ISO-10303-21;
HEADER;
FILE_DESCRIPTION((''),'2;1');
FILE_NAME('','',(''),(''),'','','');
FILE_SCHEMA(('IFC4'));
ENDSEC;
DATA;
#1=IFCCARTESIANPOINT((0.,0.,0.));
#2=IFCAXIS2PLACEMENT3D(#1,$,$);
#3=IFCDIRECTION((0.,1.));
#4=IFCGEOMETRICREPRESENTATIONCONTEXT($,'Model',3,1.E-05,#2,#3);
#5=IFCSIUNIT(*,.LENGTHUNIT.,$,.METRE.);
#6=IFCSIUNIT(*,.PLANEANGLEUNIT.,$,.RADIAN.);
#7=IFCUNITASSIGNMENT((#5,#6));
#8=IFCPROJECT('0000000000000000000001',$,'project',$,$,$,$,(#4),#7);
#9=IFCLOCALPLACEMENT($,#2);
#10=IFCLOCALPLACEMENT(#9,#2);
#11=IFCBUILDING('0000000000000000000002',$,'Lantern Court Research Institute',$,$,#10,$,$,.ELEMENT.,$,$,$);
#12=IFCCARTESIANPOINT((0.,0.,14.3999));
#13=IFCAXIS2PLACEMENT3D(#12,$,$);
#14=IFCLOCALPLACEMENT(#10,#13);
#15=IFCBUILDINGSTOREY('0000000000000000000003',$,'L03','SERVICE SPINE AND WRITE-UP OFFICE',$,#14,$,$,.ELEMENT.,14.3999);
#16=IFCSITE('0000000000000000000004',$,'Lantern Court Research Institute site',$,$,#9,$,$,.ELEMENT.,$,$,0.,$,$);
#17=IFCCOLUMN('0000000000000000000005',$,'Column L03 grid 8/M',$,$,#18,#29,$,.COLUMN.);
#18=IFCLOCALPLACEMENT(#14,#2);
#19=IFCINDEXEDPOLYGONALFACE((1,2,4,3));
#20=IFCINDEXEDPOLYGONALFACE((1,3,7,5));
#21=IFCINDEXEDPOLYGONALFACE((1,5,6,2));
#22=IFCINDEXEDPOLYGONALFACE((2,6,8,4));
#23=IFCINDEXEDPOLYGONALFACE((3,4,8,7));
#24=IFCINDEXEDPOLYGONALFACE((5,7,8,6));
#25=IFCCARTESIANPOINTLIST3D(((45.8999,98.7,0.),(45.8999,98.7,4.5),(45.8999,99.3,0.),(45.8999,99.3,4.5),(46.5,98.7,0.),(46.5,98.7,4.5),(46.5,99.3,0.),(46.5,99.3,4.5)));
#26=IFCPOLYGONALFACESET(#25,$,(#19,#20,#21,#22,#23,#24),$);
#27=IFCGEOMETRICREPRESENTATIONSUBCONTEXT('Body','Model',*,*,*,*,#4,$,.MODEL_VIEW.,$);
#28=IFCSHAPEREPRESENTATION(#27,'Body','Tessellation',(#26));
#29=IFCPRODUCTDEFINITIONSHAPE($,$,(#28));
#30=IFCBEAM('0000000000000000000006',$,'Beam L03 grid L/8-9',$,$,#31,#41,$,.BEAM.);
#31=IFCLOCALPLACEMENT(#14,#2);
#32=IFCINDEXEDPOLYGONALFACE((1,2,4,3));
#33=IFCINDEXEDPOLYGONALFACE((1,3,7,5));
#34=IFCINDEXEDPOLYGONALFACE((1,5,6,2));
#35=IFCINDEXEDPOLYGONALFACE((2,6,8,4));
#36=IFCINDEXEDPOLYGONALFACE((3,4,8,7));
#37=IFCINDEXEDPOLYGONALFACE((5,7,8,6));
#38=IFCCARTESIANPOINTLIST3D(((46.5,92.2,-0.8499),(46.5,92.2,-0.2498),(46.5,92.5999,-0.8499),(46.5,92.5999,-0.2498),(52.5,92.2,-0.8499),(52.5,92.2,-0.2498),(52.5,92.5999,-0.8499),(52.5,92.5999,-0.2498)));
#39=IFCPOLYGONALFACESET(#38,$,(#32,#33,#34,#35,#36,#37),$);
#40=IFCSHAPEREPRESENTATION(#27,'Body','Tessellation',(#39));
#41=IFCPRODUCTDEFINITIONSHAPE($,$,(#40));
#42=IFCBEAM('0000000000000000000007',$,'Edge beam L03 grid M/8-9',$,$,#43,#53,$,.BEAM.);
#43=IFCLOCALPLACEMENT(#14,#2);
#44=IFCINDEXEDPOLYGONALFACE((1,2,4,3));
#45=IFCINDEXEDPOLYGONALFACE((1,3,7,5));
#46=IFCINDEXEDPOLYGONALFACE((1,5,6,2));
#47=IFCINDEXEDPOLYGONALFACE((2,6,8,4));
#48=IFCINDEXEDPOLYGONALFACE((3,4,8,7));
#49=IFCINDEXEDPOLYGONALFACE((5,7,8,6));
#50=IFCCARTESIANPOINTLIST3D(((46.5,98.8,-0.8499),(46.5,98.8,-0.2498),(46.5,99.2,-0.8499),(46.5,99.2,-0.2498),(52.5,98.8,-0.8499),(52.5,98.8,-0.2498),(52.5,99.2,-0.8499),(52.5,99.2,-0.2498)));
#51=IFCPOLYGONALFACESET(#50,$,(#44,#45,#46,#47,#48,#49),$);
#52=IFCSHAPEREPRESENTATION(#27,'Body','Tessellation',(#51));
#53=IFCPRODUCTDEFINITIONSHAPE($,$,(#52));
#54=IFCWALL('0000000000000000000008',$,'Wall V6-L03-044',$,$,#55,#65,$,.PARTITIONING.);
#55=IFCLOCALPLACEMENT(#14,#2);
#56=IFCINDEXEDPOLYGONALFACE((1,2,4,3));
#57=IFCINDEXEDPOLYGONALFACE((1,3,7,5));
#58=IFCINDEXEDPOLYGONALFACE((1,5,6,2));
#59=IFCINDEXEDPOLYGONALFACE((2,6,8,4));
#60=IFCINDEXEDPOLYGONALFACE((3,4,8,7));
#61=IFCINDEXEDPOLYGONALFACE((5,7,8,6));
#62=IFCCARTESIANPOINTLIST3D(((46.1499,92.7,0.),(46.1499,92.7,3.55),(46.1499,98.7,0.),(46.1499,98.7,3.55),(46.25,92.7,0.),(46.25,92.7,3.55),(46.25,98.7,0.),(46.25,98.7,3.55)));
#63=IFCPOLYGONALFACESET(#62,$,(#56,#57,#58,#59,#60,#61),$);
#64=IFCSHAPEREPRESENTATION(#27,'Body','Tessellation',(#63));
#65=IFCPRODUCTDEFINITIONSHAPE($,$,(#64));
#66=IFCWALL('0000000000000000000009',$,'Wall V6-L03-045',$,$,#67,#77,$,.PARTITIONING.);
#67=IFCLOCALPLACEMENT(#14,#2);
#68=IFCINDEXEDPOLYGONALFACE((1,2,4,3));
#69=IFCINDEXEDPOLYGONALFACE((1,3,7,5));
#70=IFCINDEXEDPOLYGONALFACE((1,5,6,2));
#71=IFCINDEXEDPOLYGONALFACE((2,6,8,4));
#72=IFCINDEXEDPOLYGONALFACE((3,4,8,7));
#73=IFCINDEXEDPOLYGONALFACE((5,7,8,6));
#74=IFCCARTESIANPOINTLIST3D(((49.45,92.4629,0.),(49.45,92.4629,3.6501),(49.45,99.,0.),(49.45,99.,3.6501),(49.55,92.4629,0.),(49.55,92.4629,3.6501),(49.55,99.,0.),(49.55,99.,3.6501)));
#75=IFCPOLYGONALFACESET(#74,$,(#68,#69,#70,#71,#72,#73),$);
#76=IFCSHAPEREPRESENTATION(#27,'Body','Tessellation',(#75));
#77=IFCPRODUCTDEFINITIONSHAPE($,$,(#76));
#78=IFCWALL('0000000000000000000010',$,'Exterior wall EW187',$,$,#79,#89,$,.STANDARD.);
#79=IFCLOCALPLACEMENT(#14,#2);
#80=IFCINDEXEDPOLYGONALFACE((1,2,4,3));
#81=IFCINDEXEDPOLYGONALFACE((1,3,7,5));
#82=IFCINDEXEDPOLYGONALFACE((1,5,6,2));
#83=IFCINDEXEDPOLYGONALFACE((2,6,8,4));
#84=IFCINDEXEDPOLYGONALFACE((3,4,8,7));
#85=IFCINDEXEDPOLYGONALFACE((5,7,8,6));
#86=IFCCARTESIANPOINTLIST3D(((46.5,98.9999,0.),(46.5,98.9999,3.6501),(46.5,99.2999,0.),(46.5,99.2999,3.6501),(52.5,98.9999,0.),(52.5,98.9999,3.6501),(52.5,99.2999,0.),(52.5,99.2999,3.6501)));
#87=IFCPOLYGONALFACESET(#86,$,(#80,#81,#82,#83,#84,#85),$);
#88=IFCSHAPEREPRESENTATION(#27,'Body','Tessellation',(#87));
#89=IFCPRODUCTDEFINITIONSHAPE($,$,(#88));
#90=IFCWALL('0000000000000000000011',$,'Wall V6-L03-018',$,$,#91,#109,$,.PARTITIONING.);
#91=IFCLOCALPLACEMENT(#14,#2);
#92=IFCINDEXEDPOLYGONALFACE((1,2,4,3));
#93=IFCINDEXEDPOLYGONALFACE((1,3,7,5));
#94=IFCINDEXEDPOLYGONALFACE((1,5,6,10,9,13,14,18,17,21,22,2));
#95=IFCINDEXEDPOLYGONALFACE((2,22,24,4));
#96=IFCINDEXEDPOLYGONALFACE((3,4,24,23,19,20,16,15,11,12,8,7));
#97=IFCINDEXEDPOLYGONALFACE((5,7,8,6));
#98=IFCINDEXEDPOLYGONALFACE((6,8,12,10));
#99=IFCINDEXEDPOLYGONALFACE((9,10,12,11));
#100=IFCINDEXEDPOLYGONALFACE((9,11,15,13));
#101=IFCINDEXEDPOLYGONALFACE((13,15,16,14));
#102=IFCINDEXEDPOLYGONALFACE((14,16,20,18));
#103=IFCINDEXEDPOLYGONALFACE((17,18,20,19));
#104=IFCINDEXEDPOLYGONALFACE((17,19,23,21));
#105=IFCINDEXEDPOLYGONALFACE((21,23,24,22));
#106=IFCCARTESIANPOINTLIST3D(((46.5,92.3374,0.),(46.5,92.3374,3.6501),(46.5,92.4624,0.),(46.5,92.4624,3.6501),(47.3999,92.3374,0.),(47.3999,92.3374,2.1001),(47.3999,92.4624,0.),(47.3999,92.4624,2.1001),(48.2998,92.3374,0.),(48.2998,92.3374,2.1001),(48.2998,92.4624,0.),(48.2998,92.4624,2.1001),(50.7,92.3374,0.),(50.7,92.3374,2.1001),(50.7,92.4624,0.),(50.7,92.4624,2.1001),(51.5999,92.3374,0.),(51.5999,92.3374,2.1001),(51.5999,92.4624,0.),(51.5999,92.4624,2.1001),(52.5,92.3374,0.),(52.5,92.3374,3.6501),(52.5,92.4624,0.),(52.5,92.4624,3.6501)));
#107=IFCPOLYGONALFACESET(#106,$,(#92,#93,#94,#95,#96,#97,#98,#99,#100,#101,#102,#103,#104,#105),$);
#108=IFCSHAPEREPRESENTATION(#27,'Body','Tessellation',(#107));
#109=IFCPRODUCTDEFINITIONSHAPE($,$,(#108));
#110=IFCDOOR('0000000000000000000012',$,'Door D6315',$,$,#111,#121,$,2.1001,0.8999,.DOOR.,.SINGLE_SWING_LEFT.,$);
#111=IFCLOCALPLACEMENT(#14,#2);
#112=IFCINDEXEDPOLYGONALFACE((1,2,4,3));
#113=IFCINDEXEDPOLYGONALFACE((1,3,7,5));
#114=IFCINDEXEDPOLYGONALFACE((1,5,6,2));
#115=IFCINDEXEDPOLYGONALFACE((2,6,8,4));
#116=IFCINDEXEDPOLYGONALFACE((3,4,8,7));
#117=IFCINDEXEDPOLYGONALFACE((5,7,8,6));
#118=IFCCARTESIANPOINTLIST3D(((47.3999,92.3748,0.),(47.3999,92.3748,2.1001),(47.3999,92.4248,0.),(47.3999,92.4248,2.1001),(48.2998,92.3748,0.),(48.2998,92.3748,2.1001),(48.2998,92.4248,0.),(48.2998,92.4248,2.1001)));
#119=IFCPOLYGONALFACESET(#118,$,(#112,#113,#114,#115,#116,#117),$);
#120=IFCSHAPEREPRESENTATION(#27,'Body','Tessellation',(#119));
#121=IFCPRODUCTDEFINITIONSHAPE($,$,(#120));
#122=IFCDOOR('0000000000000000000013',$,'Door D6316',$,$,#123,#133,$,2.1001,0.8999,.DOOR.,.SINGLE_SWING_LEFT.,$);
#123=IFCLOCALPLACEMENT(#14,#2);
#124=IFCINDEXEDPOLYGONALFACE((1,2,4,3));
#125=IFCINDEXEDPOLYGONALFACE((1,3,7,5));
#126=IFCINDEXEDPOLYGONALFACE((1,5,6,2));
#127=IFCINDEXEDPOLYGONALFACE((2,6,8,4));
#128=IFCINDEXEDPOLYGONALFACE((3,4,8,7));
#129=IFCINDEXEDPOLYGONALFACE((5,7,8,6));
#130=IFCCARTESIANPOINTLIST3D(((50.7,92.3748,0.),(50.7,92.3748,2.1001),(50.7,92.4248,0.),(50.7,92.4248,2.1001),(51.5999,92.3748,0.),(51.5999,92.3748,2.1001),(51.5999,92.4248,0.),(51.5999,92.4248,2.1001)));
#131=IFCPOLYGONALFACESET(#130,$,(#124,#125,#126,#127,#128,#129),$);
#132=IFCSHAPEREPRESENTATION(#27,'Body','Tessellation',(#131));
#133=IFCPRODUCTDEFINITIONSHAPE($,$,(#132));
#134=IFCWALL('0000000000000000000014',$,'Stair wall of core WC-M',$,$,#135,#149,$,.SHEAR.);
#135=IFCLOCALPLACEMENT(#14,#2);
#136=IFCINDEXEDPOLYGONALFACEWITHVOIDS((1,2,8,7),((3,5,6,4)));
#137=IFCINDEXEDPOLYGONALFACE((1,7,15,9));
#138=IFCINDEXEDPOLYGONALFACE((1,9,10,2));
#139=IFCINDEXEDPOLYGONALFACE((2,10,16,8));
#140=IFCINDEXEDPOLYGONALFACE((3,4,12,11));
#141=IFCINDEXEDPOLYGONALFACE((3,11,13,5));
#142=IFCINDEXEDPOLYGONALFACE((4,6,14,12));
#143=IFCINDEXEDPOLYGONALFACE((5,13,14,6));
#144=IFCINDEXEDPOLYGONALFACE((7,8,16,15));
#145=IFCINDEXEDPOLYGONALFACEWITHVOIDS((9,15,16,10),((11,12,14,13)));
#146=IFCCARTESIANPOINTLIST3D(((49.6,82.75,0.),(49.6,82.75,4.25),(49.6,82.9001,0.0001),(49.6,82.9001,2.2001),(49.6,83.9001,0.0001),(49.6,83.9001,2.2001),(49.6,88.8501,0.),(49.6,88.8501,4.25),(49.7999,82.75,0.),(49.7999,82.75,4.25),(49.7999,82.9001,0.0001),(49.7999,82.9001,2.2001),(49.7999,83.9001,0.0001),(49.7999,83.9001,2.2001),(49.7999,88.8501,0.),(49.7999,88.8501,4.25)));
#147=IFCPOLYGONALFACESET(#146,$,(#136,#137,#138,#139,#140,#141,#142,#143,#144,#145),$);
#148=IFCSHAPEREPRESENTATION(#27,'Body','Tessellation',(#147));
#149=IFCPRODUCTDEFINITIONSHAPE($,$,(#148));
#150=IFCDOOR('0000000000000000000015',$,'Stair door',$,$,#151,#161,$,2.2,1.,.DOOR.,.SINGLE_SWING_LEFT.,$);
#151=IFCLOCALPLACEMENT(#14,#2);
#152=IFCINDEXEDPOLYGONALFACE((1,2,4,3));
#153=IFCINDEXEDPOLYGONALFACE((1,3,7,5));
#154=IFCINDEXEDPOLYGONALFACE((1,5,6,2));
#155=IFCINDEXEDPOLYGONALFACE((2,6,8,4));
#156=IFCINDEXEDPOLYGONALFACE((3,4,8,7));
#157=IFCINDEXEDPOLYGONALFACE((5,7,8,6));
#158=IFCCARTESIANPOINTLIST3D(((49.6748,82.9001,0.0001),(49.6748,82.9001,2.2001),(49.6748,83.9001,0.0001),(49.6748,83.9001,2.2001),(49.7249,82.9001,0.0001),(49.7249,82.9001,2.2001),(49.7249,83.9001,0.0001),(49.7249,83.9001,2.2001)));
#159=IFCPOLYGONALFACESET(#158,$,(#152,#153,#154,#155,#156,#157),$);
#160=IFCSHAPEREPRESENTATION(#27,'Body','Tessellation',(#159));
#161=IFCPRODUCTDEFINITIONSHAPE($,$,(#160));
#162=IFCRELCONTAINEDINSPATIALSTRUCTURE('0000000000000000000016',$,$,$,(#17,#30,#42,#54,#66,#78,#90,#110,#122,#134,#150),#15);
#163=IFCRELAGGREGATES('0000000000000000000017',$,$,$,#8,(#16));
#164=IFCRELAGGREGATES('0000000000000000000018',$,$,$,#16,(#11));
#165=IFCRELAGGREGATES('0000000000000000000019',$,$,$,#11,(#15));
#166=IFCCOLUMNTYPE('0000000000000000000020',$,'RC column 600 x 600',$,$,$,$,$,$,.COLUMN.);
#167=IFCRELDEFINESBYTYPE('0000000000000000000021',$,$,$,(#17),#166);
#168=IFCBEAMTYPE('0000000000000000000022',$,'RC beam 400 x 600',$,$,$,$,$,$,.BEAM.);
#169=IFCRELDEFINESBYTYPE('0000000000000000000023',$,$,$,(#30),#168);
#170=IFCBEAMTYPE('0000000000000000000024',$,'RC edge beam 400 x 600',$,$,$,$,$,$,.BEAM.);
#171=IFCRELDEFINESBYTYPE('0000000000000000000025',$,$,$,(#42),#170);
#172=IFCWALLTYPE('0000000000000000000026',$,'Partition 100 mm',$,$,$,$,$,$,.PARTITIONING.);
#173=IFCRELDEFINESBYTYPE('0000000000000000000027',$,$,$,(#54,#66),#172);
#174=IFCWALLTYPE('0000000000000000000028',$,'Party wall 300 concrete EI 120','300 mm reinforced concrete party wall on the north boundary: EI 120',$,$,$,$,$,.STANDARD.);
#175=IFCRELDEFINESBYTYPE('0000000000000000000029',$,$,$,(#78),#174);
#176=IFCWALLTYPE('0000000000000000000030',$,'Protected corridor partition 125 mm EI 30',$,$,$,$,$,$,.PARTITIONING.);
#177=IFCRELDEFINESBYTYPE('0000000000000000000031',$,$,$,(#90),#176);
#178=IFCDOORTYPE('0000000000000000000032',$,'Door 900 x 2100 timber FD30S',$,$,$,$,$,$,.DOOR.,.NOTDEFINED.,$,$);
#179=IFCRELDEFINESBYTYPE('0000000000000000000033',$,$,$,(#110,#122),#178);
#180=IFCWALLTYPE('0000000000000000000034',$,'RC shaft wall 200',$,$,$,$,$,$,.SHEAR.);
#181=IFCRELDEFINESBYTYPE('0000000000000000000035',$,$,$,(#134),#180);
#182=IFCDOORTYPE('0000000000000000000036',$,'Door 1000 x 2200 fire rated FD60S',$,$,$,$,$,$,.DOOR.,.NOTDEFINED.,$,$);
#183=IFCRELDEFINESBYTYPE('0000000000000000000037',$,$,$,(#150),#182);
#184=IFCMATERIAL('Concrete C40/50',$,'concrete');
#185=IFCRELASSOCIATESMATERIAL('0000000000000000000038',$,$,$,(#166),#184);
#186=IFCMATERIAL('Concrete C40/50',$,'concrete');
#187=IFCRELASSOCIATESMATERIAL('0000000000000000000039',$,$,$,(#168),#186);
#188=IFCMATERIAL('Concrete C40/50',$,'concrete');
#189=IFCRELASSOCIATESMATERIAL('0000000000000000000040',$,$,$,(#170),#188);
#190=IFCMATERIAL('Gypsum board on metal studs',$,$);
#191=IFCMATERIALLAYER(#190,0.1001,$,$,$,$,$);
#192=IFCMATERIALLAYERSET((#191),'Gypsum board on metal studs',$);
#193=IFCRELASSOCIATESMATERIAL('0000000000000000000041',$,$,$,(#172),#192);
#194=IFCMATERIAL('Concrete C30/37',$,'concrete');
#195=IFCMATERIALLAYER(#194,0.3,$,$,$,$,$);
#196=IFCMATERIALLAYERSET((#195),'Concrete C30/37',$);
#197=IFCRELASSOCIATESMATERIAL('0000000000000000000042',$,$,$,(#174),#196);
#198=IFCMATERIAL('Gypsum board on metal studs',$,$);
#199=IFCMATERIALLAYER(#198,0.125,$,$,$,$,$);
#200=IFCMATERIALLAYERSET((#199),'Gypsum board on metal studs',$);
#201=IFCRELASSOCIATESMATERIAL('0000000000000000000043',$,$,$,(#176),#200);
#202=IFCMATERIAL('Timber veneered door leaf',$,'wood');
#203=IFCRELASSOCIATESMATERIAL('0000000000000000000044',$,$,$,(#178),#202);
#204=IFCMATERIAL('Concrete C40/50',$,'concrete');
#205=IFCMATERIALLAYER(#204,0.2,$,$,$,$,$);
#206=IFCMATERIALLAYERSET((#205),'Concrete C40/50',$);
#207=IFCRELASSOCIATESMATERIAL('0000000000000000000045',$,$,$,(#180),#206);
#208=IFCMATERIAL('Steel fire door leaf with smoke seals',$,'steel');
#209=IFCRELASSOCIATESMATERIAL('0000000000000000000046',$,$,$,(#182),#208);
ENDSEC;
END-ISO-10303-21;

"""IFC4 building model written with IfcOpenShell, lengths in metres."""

from ifc_helpers import new_model, si_unit, direction, frame, frame_2d, origin, origin_2d, place, context, subcontext, project, spatial, rectangle, extrude, material, layer, layer_set, material_profile, profile_set, type_object, element, fill, save


model = new_model("IFC4")

# Units and contexts
model_context = context("Model", 3, precision=1e-05, world=origin(), true_north=direction((0.0, 1.0)))
body_context = subcontext(model_context, "Body", "Model", "MODEL_VIEW")
ifc_project = project(units=[si_unit("LENGTHUNIT", "METRE"), si_unit("PLANEANGLEUNIT", "RADIAN")], contexts=[model_context])

# Site, building, storey
site_placement = place(None, origin())
site = spatial("IfcSite", under=ifc_project, at=site_placement, Name="Lantern Court Research Institute site", CompositionType="ELEMENT", RefElevation=0.0)
building_placement = place(site_placement, origin())
building = spatial("IfcBuilding", under=site, at=building_placement, Name="Lantern Court Research Institute", CompositionType="ELEMENT")
storey_placement = place(building_placement, frame((0.0, 0.0, 14.3999)))
storey = spatial("IfcBuildingStorey", under=building, at=storey_placement, Name="L03", Description="SERVICE SPINE AND WRITE-UP OFFICE", CompositionType="ELEMENT", Elevation=14.3999)

# Column
ifc_material_1 = material(Name="Concrete C40/50", Category="concrete")
ifc_material_profile_1 = material_profile(ifc_material_1, rectangle(XDim=0.6001, YDim=0.6001, at=origin_2d()), Name="RC column 600 x 600")
ifc_profile_set_1 = profile_set([ifc_material_profile_1], Name="Concrete C40/50")
column_type = type_object("IfcColumnType", Name="RC column 600 x 600", PredefinedType="COLUMN", material=ifc_profile_set_1)
column_placement = place(storey_placement, frame((46.2, 99.0, 0.0), z_axis=(0.0, 0.0, 1.0), x_axis=(1.0, 0.0, 0.0)))
element("IfcColumn", 1, at=column_placement, inside=storey, type_object=column_type, Name="Column L03 grid 8/M", PredefinedType="COLUMN", context=body_context, shape_type="SweptSolid", body=[
    extrude(rectangle(XDim=0.6001, YDim=0.6001, at=origin_2d()), origin(), (0.0, 0.0, 1.0), 4.5),
])

# Beams
ifc_material_2 = material(Name="Concrete C40/50", Category="concrete")
ifc_material_profile_2 = material_profile(ifc_material_2, rectangle(XDim=0.3999, YDim=0.6001, at=origin_2d()), Name="RC beam 400 x 600")
ifc_profile_set_2 = profile_set([ifc_material_profile_2], Name="Concrete C40/50")
beam_type_1 = type_object("IfcBeamType", Name="RC beam 400 x 600", PredefinedType="BEAM", material=ifc_profile_set_2)
beam_1_placement = place(storey_placement, frame((46.5, 92.3999, -0.5498), z_axis=(1.0, 0.0, 0.0), x_axis=(0.0, 1.0, 0.0)))
element("IfcBeam", 2, at=beam_1_placement, inside=storey, type_object=beam_type_1, Name="Beam L03 grid L/8-9", PredefinedType="BEAM", context=body_context, shape_type="SweptSolid", body=[
    extrude(rectangle(XDim=0.3999, YDim=0.6001, at=origin_2d()), origin(), (0.0, 0.0, 1.0), 6.0),
])
ifc_material_3 = material(Name="Concrete C40/50", Category="concrete")
ifc_material_profile_3 = material_profile(ifc_material_3, rectangle(XDim=0.3999, YDim=0.6001, at=origin_2d()), Name="RC beam 400 x 600")
ifc_profile_set_3 = profile_set([ifc_material_profile_3], Name="Concrete C40/50")
beam_type_2 = type_object("IfcBeamType", Name="RC edge beam 400 x 600", PredefinedType="BEAM", material=ifc_profile_set_3)
beam_2_placement = place(storey_placement, frame((46.5, 99.0, -0.5498), z_axis=(1.0, 0.0, 0.0), x_axis=(0.0, 1.0, 0.0)))
element("IfcBeam", 3, at=beam_2_placement, inside=storey, type_object=beam_type_2, Name="Edge beam L03 grid M/8-9", PredefinedType="BEAM", context=body_context, shape_type="SweptSolid", body=[
    extrude(rectangle(XDim=0.3999, YDim=0.6001, at=origin_2d()), origin(), (0.0, 0.0, 1.0), 6.0),
])

# Walls
ifc_material_4 = material(Name="Gypsum board on metal studs")
ifc_layer_1 = layer(ifc_material_4, 0.1001)
ifc_layer_set_1 = layer_set([ifc_layer_1], Name="Gypsum board on metal studs")
wall_type_1 = type_object("IfcWallType", Name="Partition 100 mm", PredefinedType="PARTITIONING", material=ifc_layer_set_1)
wall_1_placement = place(storey_placement, frame((46.2, 92.7, 0.0), z_axis=(0.0, 0.0, 1.0), x_axis=(0.0, 1.0, 0.0)))
element("IfcWall", 4, at=wall_1_placement, inside=storey, type_object=wall_type_1, Name="Wall V6-L03-044", PredefinedType="PARTITIONING", context=body_context, shape_type="SweptSolid", body=[
    extrude(rectangle(XDim=6.0, YDim=0.1001, at=frame_2d((3.0, 0.0))), origin(), (0.0, 0.0, 1.0), 3.55),
])
wall_2_placement = place(storey_placement, frame((49.5, 92.4629, 0.0), z_axis=(0.0, 0.0, 1.0), x_axis=(0.0, 1.0, 0.0)))
element("IfcWall", 5, at=wall_2_placement, inside=storey, type_object=wall_type_1, Name="Wall V6-L03-045", PredefinedType="PARTITIONING", context=body_context, shape_type="SweptSolid", body=[
    extrude(rectangle(XDim=6.5371, YDim=0.1001, at=frame_2d((3.2686, 0.0))), origin(), (0.0, 0.0, 1.0), 3.6501),
])
ifc_material_5 = material(Name="Concrete C30/37", Category="concrete")
ifc_layer_2 = layer(ifc_material_5, 0.3)
ifc_layer_set_2 = layer_set([ifc_layer_2], Name="Concrete C30/37")
wall_type_2 = type_object("IfcWallType", Name="Party wall 300 concrete EI 120", Description="300 mm reinforced concrete party wall on the north boundary: EI 120", PredefinedType="STANDARD", material=ifc_layer_set_2)
wall_3_placement = place(storey_placement, frame((46.5, 99.1499, 0.0), z_axis=(0.0, 0.0, 1.0), x_axis=(1.0, 0.0, 0.0)))
element("IfcWall", 6, at=wall_3_placement, inside=storey, type_object=wall_type_2, Name="Exterior wall EW187", PredefinedType="STANDARD", context=body_context, shape_type="SweptSolid", body=[
    extrude(rectangle(XDim=6.0, YDim=0.3, at=frame_2d((3.0, 0.0))), origin(), (0.0, 0.0, 1.0), 3.6501),
])

# Wall, openings, doors
ifc_material_6 = material(Name="Gypsum board on metal studs")
ifc_layer_3 = layer(ifc_material_6, 0.125)
ifc_layer_set_3 = layer_set([ifc_layer_3], Name="Gypsum board on metal studs")
wall_type_3 = type_object("IfcWallType", Name="Protected corridor partition 125 mm EI 30", PredefinedType="PARTITIONING", material=ifc_layer_set_3)
wall_4_placement = place(storey_placement, frame((46.5, 92.3999, 0.0), z_axis=(0.0, 0.0, 1.0), x_axis=(1.0, 0.0, 0.0)))
wall_4 = element("IfcWall", 7, at=wall_4_placement, inside=storey, type_object=wall_type_3, Name="Wall V6-L03-018", PredefinedType="PARTITIONING", context=body_context, shape_type="SweptSolid", body=[
    extrude(rectangle(XDim=6.0, YDim=0.125, at=frame_2d((3.0, 0.0))), origin(), (0.0, 0.0, 1.0), 3.6501),
])
opening_1_placement = place(wall_4_placement, frame((0.8999, 0.0, 0.0)))
opening_1 = element("IfcOpeningElement", 8, at=opening_1_placement, cuts=wall_4, PredefinedType="OPENING", context=body_context, shape_type="SweptSolid", body=[
    extrude(rectangle(XDim=0.8999, YDim=2.1001, at=frame_2d((0.45, 1.05))), frame((0.0, 0.0725, 0.0), z_axis=(0.0, -1.0, 0.0), x_axis=(1.0, 0.0, 0.0)), (0.0, 0.0, 1.0), 0.145),
])
opening_2_placement = place(wall_4_placement, frame((4.2, 0.0, 0.0)))
opening_2 = element("IfcOpeningElement", 9, at=opening_2_placement, cuts=wall_4, PredefinedType="OPENING", context=body_context, shape_type="SweptSolid", body=[
    extrude(rectangle(XDim=0.8999, YDim=2.1001, at=frame_2d((0.45, 1.05))), frame((0.0, 0.0725, 0.0), z_axis=(0.0, -1.0, 0.0), x_axis=(1.0, 0.0, 0.0)), (0.0, 0.0, 1.0), 0.145),
])
ifc_material_7 = material(Name="Timber veneered door leaf", Category="wood")
door_type_1 = type_object("IfcDoorType", Name="Door 900 x 2100 timber FD30S", OperationType="NOTDEFINED", PredefinedType="DOOR", material=ifc_material_7)
door_1_placement = place(opening_1_placement, origin())
door_1 = element("IfcDoor", 10, at=door_1_placement, inside=storey, type_object=door_type_1, Name="Door D6315", OperationType="SINGLE_SWING_LEFT", OverallHeight=2.1001, OverallWidth=0.8999, PredefinedType="DOOR", context=body_context, shape_type="SweptSolid", body=[
    extrude(rectangle(XDim=0.8999, YDim=2.1001, at=frame_2d((0.45, 1.05))), frame((0.0, 0.0249, 0.0), z_axis=(0.0, -1.0, 0.0), x_axis=(1.0, 0.0, 0.0)), (0.0, 0.0, 1.0), 0.05),
])
fill(opening_1, door_1)
door_2_placement = place(opening_2_placement, origin())
door_2 = element("IfcDoor", 11, at=door_2_placement, inside=storey, type_object=door_type_1, Name="Door D6316", OperationType="SINGLE_SWING_LEFT", OverallHeight=2.1001, OverallWidth=0.8999, PredefinedType="DOOR", context=body_context, shape_type="SweptSolid", body=[
    extrude(rectangle(XDim=0.8999, YDim=2.1001, at=frame_2d((0.45, 1.05))), frame((0.0, 0.0249, 0.0), z_axis=(0.0, -1.0, 0.0), x_axis=(1.0, 0.0, 0.0)), (0.0, 0.0, 1.0), 0.05),
])
fill(opening_2, door_2)

# Wall, opening, door
ifc_material_8 = material(Name="Concrete C40/50", Category="concrete")
ifc_layer_4 = layer(ifc_material_8, 0.2)
ifc_layer_set_4 = layer_set([ifc_layer_4], Name="Concrete C40/50")
wall_type_4 = type_object("IfcWallType", Name="RC shaft wall 200", PredefinedType="SHEAR", material=ifc_layer_set_4)
wall_5_placement = place(storey_placement, frame((49.7, 88.8501, 0.0), z_axis=(0.0, 0.0, 1.0), x_axis=(0.0, -1.0, 0.0)))
wall_5 = element("IfcWall", 12, at=wall_5_placement, inside=storey, type_object=wall_type_4, Name="Stair wall of core WC-M", PredefinedType="SHEAR", context=body_context, shape_type="SweptSolid", body=[
    extrude(rectangle(XDim=6.1001, YDim=0.2, at=frame_2d((3.05, 0.0))), origin(), (0.0, 0.0, 1.0), 4.25),
])
opening_3_placement = place(wall_5_placement, frame((4.95, 0.0, 0.0)))
opening_3 = element("IfcOpeningElement", 13, at=opening_3_placement, cuts=wall_5, PredefinedType="OPENING", context=body_context, shape_type="SweptSolid", body=[
    extrude(rectangle(XDim=1.0, YDim=2.2, at=frame_2d((0.5, 1.1001))), frame((0.0, 0.1099, 0.0), z_axis=(0.0, -1.0, 0.0), x_axis=(1.0, 0.0, 0.0)), (0.0, 0.0, 1.0), 0.22),
])
ifc_material_9 = material(Name="Steel fire door leaf with smoke seals", Category="steel")
door_type_2 = type_object("IfcDoorType", Name="Door 1000 x 2200 fire rated FD60S", OperationType="NOTDEFINED", PredefinedType="DOOR", material=ifc_material_9)
door_3_placement = place(opening_3_placement, origin())
door_3 = element("IfcDoor", 14, at=door_3_placement, inside=storey, type_object=door_type_2, Name="Stair door", OperationType="SINGLE_SWING_LEFT", OverallHeight=2.2, OverallWidth=1.0, PredefinedType="DOOR", context=body_context, shape_type="SweptSolid", body=[
    extrude(rectangle(XDim=1.0, YDim=2.2, at=frame_2d((0.5, 1.1001))), frame((0.0, 0.0249, 0.0), z_axis=(0.0, -1.0, 0.0), x_axis=(1.0, 0.0, 0.0)), (0.0, 0.0, 1.0), 0.05),
])
fill(opening_3, door_3)

save(model, "model.ifc")
